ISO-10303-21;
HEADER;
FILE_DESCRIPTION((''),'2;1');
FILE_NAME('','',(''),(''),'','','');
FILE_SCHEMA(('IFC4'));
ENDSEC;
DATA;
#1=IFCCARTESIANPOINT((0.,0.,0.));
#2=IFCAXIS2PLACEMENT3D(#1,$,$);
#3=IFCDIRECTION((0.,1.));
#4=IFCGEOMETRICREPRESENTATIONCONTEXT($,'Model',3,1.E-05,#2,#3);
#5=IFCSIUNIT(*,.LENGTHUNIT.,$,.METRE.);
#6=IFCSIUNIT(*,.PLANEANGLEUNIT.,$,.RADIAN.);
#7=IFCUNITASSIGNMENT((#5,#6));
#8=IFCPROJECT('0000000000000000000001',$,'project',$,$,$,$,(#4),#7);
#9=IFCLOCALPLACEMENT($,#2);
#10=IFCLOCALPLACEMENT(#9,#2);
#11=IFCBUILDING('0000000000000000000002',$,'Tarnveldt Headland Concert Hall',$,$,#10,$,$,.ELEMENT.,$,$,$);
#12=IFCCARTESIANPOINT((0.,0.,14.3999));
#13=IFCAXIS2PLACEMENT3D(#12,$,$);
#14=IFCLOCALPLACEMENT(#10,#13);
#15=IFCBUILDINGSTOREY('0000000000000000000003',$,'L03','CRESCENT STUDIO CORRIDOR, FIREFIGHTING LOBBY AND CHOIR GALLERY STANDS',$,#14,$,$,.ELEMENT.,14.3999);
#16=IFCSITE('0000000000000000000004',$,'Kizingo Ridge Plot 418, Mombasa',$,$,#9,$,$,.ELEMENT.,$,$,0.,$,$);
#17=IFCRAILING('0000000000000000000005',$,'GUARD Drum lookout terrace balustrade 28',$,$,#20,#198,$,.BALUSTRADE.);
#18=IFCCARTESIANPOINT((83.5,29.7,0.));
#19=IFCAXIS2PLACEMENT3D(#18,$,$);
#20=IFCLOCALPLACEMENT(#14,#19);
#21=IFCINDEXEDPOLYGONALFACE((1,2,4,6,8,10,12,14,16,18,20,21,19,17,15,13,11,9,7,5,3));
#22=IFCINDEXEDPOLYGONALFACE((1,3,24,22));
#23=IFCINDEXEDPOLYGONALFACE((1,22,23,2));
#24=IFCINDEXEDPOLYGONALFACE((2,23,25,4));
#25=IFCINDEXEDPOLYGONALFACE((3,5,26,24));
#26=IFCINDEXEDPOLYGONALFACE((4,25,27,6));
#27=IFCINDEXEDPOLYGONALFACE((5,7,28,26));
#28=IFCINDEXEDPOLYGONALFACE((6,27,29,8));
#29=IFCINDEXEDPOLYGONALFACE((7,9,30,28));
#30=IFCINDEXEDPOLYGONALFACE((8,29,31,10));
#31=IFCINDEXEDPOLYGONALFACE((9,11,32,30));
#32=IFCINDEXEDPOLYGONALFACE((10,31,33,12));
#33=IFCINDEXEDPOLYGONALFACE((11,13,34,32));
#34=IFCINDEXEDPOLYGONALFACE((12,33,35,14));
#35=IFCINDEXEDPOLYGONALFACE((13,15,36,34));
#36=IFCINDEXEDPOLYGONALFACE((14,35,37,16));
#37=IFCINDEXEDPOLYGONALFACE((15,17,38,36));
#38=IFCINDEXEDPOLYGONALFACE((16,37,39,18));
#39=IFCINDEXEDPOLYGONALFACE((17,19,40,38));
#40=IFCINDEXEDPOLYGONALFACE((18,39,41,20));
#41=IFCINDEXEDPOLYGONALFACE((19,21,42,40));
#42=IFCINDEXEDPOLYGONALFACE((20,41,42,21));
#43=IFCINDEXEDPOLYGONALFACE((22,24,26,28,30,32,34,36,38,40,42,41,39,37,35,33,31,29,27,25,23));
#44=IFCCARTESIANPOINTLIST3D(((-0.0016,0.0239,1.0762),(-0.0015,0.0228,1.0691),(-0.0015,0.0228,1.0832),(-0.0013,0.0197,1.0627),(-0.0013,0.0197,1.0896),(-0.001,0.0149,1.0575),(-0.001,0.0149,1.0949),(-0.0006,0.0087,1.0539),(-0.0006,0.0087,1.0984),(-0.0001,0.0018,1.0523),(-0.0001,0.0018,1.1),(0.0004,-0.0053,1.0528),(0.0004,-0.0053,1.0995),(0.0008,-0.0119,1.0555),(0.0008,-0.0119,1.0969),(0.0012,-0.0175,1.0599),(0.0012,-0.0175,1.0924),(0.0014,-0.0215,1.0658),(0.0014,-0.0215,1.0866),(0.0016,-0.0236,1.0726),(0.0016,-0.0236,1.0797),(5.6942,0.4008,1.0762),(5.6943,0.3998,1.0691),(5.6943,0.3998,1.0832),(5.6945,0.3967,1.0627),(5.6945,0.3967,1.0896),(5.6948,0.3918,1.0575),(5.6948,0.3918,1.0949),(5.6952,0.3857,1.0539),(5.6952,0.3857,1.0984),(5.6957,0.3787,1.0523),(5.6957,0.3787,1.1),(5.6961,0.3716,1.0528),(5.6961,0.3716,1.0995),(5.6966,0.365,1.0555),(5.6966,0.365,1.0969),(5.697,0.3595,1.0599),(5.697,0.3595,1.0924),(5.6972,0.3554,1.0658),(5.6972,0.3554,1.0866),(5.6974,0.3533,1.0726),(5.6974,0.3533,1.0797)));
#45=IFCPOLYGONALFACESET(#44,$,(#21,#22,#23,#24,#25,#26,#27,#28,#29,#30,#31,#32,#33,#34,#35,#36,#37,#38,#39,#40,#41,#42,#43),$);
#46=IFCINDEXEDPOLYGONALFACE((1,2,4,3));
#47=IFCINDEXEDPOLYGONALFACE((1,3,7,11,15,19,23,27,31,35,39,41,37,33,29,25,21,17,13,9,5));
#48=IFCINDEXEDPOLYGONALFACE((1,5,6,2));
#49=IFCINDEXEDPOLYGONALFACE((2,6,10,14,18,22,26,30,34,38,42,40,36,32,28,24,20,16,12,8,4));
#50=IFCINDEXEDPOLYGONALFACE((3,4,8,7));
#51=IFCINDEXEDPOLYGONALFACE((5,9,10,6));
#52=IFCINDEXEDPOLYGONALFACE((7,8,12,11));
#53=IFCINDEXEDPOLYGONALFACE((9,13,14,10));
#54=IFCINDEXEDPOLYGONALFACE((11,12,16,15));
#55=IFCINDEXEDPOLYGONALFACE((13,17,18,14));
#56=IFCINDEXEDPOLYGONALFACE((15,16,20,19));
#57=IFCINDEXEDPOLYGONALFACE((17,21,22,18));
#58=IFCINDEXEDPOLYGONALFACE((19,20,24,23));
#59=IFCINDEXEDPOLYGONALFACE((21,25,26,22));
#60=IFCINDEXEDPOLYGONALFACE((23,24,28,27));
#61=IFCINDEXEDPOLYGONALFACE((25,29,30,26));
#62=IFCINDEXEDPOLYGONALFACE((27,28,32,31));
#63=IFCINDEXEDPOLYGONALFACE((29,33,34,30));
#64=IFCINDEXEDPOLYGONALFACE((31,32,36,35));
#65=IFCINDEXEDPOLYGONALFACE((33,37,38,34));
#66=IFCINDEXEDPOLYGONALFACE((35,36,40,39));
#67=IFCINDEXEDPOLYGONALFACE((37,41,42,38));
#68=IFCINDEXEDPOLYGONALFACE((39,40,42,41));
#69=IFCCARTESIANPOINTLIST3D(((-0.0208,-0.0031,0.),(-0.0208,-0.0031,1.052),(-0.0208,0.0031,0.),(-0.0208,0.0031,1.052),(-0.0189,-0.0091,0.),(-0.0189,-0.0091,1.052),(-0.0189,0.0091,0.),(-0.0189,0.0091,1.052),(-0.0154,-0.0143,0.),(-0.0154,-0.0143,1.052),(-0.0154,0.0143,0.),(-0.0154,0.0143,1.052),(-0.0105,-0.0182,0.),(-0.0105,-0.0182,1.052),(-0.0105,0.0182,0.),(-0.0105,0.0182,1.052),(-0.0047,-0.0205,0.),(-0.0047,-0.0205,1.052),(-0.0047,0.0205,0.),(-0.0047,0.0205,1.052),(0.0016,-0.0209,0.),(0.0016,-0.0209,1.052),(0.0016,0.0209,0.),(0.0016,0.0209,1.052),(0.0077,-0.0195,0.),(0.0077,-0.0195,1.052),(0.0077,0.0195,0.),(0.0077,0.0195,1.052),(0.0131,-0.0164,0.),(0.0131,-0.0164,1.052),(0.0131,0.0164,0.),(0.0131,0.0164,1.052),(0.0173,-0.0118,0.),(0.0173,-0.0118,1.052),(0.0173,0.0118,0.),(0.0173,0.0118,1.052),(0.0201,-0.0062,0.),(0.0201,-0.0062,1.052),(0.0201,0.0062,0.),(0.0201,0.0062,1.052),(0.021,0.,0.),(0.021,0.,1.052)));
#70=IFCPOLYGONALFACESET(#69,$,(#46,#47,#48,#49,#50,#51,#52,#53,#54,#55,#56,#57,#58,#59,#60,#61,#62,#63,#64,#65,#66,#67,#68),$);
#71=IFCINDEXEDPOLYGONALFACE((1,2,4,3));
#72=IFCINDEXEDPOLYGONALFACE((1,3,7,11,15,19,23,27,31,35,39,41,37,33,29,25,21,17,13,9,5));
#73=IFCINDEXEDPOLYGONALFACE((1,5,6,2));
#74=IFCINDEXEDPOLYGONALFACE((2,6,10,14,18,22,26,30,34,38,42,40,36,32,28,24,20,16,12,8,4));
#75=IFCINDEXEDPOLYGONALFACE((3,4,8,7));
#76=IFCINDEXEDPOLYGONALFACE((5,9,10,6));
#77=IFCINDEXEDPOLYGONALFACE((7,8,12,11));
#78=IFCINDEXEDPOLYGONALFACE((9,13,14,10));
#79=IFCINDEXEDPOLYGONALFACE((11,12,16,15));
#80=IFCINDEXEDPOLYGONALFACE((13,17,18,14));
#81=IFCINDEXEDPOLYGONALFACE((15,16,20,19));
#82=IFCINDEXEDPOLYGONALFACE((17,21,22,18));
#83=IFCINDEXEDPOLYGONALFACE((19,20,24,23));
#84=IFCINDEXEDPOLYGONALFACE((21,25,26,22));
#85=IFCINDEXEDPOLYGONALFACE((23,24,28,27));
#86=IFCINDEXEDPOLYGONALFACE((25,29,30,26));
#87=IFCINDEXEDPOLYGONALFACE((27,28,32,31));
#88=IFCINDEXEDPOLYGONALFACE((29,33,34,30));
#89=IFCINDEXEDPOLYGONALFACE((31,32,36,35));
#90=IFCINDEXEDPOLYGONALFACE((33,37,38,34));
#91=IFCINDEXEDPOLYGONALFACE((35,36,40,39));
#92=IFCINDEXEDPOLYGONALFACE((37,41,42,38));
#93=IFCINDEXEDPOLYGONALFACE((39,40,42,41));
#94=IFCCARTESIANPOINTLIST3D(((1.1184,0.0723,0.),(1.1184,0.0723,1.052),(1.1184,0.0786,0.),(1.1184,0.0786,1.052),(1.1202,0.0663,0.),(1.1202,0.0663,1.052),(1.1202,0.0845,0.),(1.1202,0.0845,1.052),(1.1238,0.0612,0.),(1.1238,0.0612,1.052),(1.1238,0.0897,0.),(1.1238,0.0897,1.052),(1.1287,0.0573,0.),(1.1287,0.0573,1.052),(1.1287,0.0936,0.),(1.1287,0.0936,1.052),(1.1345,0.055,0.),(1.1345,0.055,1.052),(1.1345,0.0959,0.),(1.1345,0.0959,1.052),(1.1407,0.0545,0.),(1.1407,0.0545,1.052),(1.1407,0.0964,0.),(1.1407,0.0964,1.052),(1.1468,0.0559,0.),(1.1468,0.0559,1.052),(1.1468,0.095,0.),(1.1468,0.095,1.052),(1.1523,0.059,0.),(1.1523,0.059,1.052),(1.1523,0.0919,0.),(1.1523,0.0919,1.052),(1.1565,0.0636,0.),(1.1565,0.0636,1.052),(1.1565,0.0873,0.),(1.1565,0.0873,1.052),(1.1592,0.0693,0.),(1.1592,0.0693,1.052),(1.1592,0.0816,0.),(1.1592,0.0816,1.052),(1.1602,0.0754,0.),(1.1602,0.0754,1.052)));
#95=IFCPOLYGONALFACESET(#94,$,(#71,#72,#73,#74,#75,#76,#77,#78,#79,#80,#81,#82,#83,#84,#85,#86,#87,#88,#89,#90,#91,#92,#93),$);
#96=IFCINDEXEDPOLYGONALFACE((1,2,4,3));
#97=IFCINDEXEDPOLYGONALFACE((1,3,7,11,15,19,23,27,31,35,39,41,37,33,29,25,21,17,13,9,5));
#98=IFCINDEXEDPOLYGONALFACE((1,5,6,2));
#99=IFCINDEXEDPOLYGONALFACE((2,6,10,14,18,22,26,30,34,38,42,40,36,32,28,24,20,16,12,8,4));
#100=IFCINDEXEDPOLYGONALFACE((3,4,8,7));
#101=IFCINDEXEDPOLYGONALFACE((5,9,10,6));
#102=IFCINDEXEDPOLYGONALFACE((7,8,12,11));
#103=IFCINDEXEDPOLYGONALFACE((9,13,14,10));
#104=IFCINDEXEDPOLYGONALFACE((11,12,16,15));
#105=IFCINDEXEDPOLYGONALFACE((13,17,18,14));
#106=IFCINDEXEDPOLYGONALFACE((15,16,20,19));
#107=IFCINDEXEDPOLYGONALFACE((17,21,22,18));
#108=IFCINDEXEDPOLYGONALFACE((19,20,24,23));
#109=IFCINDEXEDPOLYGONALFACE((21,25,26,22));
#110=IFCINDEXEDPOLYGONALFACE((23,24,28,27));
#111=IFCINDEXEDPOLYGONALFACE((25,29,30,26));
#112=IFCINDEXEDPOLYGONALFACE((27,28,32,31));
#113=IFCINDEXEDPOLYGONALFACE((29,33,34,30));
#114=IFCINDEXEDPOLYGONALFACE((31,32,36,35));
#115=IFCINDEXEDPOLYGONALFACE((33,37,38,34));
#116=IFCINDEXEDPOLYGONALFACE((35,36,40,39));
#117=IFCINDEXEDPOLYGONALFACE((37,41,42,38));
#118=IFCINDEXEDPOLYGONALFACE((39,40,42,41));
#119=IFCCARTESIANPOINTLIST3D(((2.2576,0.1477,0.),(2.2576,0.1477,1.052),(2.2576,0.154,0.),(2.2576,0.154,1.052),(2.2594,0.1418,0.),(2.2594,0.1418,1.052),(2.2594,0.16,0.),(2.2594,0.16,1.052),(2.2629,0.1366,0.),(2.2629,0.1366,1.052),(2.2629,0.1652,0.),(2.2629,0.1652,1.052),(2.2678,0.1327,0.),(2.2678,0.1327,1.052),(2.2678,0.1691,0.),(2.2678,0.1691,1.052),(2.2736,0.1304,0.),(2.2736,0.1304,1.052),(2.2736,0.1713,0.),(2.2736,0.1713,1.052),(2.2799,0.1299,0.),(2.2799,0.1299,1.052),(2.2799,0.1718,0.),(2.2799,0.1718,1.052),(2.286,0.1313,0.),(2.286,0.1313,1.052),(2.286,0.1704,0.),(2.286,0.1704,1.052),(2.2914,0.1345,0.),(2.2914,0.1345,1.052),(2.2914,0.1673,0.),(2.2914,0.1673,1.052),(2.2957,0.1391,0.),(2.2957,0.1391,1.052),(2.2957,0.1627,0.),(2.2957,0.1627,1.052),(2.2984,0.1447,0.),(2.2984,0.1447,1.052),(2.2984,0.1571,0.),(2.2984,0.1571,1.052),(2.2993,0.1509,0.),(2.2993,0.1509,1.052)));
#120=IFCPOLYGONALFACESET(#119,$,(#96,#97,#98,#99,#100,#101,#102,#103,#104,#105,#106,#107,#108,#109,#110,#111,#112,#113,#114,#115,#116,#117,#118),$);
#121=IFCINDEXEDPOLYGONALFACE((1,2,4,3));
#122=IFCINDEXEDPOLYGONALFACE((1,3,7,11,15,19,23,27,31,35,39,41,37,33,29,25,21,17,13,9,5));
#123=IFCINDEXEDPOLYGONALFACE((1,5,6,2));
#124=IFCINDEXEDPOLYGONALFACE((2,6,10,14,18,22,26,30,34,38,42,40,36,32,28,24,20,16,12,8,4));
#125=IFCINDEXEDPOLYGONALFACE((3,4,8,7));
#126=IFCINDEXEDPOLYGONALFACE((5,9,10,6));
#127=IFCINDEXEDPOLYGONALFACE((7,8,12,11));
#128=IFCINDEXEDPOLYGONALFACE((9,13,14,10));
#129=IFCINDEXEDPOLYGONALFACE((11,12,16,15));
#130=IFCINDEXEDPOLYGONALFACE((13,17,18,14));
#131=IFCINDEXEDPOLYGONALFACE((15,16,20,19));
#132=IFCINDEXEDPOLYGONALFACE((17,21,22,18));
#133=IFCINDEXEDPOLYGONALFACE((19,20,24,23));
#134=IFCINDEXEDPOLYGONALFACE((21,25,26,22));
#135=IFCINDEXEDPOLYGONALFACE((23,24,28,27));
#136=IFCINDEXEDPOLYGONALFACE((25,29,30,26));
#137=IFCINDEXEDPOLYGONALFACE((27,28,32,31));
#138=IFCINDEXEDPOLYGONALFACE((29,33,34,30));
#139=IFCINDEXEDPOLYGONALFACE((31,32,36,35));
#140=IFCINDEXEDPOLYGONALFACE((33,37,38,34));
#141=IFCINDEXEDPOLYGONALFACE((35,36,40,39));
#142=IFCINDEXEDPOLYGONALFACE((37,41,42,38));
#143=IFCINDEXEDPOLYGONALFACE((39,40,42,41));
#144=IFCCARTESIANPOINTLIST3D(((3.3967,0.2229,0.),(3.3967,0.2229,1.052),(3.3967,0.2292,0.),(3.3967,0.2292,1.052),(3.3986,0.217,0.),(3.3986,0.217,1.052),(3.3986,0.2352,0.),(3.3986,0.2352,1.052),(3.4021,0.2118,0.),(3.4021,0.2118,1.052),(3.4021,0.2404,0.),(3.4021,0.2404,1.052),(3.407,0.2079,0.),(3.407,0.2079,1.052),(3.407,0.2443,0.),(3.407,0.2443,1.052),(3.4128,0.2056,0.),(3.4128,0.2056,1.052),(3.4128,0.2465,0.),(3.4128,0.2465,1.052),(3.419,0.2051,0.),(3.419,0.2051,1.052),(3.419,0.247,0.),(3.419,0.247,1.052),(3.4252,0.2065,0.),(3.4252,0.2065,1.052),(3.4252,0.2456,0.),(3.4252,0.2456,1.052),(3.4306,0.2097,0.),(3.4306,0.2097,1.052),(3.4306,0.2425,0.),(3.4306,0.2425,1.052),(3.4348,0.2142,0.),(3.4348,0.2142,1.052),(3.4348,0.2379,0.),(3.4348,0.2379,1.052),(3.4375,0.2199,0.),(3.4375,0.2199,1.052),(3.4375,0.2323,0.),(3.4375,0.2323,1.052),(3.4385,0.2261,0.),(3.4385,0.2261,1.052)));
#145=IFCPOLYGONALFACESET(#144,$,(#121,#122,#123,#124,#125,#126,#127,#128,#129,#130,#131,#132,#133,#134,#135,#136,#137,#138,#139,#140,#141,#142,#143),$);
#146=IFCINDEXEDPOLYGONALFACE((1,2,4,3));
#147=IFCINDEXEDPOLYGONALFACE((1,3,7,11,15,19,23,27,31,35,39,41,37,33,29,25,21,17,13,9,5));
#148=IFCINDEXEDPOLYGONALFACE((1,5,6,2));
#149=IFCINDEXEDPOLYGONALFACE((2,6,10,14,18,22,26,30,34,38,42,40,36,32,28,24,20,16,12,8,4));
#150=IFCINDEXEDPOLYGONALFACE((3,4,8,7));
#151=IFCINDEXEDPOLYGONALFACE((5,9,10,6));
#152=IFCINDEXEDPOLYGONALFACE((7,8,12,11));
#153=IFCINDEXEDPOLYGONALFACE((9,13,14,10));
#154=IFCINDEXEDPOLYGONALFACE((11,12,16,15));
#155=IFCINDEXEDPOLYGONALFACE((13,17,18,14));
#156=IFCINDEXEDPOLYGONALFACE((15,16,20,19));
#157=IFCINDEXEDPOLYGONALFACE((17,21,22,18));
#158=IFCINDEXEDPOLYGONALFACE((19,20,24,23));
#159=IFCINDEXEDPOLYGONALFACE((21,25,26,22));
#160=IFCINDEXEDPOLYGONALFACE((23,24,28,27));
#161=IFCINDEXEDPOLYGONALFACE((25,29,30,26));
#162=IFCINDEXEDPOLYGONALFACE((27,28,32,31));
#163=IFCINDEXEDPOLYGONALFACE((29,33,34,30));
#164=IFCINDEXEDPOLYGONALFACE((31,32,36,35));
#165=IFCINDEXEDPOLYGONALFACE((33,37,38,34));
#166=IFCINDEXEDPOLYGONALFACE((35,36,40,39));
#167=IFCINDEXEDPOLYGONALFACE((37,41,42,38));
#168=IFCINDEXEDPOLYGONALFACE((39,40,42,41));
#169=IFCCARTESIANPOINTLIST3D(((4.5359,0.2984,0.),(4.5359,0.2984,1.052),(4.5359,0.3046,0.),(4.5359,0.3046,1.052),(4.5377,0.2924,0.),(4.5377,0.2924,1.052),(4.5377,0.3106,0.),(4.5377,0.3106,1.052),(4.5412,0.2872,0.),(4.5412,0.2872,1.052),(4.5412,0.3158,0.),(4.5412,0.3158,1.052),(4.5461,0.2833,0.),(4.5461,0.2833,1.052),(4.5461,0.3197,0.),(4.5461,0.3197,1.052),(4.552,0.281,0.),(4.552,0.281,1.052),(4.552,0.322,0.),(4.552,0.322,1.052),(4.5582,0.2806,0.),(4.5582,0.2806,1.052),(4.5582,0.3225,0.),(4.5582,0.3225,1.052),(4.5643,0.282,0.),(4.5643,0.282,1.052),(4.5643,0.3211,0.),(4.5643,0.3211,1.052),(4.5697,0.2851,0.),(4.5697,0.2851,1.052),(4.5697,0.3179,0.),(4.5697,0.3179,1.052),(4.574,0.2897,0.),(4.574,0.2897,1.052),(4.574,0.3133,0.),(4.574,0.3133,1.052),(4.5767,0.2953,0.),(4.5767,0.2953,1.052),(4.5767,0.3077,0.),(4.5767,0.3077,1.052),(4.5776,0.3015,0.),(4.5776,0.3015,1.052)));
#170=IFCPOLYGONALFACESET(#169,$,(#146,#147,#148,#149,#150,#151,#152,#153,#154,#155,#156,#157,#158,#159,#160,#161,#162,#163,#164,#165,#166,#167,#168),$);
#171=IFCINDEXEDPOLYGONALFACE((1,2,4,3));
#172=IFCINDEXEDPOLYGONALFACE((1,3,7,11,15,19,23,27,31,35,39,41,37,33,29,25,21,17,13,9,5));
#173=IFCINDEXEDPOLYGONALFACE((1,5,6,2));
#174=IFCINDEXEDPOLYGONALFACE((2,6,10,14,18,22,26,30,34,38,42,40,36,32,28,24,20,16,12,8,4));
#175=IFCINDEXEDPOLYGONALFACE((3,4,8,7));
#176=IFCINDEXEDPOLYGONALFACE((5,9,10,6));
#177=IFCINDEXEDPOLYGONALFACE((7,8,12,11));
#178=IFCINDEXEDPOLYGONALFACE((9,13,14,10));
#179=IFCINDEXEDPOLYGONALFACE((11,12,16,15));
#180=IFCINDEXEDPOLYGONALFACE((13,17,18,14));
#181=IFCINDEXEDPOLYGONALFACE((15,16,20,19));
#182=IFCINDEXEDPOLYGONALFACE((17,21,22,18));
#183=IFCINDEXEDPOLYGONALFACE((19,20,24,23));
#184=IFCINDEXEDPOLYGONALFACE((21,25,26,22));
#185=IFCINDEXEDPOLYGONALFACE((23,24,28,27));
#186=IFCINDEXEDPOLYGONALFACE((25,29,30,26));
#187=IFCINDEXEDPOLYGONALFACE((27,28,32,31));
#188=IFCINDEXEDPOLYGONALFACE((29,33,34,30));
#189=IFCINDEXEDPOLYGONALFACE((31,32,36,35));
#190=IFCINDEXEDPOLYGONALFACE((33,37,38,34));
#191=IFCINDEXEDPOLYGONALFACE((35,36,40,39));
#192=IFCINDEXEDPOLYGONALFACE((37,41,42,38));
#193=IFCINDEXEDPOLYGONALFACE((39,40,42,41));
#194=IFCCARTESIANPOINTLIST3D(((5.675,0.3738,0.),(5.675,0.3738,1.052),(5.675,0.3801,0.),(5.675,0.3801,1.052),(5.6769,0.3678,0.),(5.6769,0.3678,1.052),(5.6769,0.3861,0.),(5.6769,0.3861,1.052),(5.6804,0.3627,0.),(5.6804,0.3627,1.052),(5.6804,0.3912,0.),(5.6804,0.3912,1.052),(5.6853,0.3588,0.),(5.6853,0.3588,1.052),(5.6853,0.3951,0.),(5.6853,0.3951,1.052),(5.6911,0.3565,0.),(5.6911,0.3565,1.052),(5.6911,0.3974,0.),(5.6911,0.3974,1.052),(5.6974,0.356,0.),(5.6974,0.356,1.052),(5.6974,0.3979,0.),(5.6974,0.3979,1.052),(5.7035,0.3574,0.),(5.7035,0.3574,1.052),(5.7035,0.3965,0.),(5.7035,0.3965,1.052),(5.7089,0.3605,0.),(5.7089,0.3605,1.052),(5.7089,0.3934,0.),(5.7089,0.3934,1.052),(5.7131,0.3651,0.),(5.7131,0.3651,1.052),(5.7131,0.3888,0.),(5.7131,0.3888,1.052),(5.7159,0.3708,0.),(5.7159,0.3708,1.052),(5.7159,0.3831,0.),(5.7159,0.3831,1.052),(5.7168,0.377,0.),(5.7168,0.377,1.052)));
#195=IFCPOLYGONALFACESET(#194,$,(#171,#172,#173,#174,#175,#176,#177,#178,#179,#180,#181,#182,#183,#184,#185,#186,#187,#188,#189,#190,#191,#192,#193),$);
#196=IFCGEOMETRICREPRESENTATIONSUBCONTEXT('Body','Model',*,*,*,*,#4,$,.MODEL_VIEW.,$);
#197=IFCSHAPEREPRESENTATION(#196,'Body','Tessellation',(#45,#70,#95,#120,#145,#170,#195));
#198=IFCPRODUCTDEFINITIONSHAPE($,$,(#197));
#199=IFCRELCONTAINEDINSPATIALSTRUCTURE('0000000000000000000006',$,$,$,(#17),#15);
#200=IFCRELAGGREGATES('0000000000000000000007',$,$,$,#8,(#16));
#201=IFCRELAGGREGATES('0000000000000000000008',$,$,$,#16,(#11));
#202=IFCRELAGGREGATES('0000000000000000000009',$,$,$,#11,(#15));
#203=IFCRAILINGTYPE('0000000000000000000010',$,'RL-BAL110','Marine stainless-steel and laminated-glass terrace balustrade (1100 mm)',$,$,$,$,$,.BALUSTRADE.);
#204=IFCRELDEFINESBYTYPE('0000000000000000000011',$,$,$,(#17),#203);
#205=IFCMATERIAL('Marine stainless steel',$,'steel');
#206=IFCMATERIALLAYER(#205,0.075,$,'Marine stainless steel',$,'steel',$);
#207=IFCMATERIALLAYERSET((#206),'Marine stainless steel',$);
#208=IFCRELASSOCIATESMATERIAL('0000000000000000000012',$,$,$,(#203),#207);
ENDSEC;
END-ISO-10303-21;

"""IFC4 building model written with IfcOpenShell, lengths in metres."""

from ifc_helpers import new_model, si_unit, direction, frame, origin, origin_2d, place, context, subcontext, project, spatial, circle, extrude, material, layer, layer_set, type_object, element, save


model = new_model("IFC4")

# Units and contexts
model_context = context("Model", 3, precision=1e-05, world=origin(), true_north=direction((0.0, 1.0)))
body_context = subcontext(model_context, "Body", "Model", "MODEL_VIEW")
ifc_project = project(units=[si_unit("LENGTHUNIT", "METRE"), si_unit("PLANEANGLEUNIT", "RADIAN")], contexts=[model_context])

# Site, building, storey
site_placement = place(None, origin())
site = spatial("IfcSite", under=ifc_project, at=site_placement, Name="Kizingo Ridge Plot 418, Mombasa", CompositionType="ELEMENT", RefElevation=0.0)
building_placement = place(site_placement, origin())
building = spatial("IfcBuilding", under=site, at=building_placement, Name="Tarnveldt Headland Concert Hall", CompositionType="ELEMENT")
storey_placement = place(building_placement, frame((0.0, 0.0, 14.3999)))
storey = spatial("IfcBuildingStorey", under=building, at=storey_placement, Name="L03", Description="CRESCENT STUDIO CORRIDOR, FIREFIGHTING LOBBY AND CHOIR GALLERY STANDS", CompositionType="ELEMENT", Elevation=14.3999)

# Railing
ifc_material_1 = material(Name="Marine stainless steel", Category="steel")
ifc_layer_1 = layer(ifc_material_1, 0.075, Name="Marine stainless steel", Category="steel")
ifc_layer_set_1 = layer_set([ifc_layer_1], Name="Marine stainless steel")
railing_type_1 = type_object("IfcRailingType", Name="RL-BAL110", Description="Marine stainless-steel and laminated-glass terrace balustrade (1100 mm)", PredefinedType="BALUSTRADE", material=ifc_layer_set_1)
railing_1_placement = place(storey_placement, frame((83.5, 29.7, 0.0)))
element("IfcRailing", 1, at=railing_1_placement, inside=storey, type_object=railing_type_1, Name="GUARD Drum lookout terrace balustrade 28", PredefinedType="BALUSTRADE", context=body_context, shape_type="SweptSolid", body=[
    extrude(circle(Radius=0.0239, at=origin_2d()), frame((0.0, 0.0, 1.0762), z_axis=(0.997817, 0.066036, 0.0), x_axis=(-0.066036, 0.997817, 0.0)), (0.0, 0.0, 1.0), 5.7083),
    extrude(circle(Radius=0.021, at=origin_2d()), origin(), (0.0, 0.0, 1.0), 1.052),
    extrude(circle(Radius=0.021, at=origin_2d()), frame((1.1392, 0.0754, 0.0)), (0.0, 0.0, 1.0), 1.052),
    extrude(circle(Radius=0.021, at=origin_2d()), frame((2.2783, 0.1509, 0.0)), (0.0, 0.0, 1.0), 1.052),
    extrude(circle(Radius=0.021, at=origin_2d()), frame((3.4175, 0.2261, 0.0)), (0.0, 0.0, 1.0), 1.052),
    extrude(circle(Radius=0.021, at=origin_2d()), frame((4.5566, 0.3015, 0.0)), (0.0, 0.0, 1.0), 1.052),
    extrude(circle(Radius=0.021, at=origin_2d()), frame((5.6958, 0.377, 0.0)), (0.0, 0.0, 1.0), 1.052),
])

save(model, "model.ifc")
